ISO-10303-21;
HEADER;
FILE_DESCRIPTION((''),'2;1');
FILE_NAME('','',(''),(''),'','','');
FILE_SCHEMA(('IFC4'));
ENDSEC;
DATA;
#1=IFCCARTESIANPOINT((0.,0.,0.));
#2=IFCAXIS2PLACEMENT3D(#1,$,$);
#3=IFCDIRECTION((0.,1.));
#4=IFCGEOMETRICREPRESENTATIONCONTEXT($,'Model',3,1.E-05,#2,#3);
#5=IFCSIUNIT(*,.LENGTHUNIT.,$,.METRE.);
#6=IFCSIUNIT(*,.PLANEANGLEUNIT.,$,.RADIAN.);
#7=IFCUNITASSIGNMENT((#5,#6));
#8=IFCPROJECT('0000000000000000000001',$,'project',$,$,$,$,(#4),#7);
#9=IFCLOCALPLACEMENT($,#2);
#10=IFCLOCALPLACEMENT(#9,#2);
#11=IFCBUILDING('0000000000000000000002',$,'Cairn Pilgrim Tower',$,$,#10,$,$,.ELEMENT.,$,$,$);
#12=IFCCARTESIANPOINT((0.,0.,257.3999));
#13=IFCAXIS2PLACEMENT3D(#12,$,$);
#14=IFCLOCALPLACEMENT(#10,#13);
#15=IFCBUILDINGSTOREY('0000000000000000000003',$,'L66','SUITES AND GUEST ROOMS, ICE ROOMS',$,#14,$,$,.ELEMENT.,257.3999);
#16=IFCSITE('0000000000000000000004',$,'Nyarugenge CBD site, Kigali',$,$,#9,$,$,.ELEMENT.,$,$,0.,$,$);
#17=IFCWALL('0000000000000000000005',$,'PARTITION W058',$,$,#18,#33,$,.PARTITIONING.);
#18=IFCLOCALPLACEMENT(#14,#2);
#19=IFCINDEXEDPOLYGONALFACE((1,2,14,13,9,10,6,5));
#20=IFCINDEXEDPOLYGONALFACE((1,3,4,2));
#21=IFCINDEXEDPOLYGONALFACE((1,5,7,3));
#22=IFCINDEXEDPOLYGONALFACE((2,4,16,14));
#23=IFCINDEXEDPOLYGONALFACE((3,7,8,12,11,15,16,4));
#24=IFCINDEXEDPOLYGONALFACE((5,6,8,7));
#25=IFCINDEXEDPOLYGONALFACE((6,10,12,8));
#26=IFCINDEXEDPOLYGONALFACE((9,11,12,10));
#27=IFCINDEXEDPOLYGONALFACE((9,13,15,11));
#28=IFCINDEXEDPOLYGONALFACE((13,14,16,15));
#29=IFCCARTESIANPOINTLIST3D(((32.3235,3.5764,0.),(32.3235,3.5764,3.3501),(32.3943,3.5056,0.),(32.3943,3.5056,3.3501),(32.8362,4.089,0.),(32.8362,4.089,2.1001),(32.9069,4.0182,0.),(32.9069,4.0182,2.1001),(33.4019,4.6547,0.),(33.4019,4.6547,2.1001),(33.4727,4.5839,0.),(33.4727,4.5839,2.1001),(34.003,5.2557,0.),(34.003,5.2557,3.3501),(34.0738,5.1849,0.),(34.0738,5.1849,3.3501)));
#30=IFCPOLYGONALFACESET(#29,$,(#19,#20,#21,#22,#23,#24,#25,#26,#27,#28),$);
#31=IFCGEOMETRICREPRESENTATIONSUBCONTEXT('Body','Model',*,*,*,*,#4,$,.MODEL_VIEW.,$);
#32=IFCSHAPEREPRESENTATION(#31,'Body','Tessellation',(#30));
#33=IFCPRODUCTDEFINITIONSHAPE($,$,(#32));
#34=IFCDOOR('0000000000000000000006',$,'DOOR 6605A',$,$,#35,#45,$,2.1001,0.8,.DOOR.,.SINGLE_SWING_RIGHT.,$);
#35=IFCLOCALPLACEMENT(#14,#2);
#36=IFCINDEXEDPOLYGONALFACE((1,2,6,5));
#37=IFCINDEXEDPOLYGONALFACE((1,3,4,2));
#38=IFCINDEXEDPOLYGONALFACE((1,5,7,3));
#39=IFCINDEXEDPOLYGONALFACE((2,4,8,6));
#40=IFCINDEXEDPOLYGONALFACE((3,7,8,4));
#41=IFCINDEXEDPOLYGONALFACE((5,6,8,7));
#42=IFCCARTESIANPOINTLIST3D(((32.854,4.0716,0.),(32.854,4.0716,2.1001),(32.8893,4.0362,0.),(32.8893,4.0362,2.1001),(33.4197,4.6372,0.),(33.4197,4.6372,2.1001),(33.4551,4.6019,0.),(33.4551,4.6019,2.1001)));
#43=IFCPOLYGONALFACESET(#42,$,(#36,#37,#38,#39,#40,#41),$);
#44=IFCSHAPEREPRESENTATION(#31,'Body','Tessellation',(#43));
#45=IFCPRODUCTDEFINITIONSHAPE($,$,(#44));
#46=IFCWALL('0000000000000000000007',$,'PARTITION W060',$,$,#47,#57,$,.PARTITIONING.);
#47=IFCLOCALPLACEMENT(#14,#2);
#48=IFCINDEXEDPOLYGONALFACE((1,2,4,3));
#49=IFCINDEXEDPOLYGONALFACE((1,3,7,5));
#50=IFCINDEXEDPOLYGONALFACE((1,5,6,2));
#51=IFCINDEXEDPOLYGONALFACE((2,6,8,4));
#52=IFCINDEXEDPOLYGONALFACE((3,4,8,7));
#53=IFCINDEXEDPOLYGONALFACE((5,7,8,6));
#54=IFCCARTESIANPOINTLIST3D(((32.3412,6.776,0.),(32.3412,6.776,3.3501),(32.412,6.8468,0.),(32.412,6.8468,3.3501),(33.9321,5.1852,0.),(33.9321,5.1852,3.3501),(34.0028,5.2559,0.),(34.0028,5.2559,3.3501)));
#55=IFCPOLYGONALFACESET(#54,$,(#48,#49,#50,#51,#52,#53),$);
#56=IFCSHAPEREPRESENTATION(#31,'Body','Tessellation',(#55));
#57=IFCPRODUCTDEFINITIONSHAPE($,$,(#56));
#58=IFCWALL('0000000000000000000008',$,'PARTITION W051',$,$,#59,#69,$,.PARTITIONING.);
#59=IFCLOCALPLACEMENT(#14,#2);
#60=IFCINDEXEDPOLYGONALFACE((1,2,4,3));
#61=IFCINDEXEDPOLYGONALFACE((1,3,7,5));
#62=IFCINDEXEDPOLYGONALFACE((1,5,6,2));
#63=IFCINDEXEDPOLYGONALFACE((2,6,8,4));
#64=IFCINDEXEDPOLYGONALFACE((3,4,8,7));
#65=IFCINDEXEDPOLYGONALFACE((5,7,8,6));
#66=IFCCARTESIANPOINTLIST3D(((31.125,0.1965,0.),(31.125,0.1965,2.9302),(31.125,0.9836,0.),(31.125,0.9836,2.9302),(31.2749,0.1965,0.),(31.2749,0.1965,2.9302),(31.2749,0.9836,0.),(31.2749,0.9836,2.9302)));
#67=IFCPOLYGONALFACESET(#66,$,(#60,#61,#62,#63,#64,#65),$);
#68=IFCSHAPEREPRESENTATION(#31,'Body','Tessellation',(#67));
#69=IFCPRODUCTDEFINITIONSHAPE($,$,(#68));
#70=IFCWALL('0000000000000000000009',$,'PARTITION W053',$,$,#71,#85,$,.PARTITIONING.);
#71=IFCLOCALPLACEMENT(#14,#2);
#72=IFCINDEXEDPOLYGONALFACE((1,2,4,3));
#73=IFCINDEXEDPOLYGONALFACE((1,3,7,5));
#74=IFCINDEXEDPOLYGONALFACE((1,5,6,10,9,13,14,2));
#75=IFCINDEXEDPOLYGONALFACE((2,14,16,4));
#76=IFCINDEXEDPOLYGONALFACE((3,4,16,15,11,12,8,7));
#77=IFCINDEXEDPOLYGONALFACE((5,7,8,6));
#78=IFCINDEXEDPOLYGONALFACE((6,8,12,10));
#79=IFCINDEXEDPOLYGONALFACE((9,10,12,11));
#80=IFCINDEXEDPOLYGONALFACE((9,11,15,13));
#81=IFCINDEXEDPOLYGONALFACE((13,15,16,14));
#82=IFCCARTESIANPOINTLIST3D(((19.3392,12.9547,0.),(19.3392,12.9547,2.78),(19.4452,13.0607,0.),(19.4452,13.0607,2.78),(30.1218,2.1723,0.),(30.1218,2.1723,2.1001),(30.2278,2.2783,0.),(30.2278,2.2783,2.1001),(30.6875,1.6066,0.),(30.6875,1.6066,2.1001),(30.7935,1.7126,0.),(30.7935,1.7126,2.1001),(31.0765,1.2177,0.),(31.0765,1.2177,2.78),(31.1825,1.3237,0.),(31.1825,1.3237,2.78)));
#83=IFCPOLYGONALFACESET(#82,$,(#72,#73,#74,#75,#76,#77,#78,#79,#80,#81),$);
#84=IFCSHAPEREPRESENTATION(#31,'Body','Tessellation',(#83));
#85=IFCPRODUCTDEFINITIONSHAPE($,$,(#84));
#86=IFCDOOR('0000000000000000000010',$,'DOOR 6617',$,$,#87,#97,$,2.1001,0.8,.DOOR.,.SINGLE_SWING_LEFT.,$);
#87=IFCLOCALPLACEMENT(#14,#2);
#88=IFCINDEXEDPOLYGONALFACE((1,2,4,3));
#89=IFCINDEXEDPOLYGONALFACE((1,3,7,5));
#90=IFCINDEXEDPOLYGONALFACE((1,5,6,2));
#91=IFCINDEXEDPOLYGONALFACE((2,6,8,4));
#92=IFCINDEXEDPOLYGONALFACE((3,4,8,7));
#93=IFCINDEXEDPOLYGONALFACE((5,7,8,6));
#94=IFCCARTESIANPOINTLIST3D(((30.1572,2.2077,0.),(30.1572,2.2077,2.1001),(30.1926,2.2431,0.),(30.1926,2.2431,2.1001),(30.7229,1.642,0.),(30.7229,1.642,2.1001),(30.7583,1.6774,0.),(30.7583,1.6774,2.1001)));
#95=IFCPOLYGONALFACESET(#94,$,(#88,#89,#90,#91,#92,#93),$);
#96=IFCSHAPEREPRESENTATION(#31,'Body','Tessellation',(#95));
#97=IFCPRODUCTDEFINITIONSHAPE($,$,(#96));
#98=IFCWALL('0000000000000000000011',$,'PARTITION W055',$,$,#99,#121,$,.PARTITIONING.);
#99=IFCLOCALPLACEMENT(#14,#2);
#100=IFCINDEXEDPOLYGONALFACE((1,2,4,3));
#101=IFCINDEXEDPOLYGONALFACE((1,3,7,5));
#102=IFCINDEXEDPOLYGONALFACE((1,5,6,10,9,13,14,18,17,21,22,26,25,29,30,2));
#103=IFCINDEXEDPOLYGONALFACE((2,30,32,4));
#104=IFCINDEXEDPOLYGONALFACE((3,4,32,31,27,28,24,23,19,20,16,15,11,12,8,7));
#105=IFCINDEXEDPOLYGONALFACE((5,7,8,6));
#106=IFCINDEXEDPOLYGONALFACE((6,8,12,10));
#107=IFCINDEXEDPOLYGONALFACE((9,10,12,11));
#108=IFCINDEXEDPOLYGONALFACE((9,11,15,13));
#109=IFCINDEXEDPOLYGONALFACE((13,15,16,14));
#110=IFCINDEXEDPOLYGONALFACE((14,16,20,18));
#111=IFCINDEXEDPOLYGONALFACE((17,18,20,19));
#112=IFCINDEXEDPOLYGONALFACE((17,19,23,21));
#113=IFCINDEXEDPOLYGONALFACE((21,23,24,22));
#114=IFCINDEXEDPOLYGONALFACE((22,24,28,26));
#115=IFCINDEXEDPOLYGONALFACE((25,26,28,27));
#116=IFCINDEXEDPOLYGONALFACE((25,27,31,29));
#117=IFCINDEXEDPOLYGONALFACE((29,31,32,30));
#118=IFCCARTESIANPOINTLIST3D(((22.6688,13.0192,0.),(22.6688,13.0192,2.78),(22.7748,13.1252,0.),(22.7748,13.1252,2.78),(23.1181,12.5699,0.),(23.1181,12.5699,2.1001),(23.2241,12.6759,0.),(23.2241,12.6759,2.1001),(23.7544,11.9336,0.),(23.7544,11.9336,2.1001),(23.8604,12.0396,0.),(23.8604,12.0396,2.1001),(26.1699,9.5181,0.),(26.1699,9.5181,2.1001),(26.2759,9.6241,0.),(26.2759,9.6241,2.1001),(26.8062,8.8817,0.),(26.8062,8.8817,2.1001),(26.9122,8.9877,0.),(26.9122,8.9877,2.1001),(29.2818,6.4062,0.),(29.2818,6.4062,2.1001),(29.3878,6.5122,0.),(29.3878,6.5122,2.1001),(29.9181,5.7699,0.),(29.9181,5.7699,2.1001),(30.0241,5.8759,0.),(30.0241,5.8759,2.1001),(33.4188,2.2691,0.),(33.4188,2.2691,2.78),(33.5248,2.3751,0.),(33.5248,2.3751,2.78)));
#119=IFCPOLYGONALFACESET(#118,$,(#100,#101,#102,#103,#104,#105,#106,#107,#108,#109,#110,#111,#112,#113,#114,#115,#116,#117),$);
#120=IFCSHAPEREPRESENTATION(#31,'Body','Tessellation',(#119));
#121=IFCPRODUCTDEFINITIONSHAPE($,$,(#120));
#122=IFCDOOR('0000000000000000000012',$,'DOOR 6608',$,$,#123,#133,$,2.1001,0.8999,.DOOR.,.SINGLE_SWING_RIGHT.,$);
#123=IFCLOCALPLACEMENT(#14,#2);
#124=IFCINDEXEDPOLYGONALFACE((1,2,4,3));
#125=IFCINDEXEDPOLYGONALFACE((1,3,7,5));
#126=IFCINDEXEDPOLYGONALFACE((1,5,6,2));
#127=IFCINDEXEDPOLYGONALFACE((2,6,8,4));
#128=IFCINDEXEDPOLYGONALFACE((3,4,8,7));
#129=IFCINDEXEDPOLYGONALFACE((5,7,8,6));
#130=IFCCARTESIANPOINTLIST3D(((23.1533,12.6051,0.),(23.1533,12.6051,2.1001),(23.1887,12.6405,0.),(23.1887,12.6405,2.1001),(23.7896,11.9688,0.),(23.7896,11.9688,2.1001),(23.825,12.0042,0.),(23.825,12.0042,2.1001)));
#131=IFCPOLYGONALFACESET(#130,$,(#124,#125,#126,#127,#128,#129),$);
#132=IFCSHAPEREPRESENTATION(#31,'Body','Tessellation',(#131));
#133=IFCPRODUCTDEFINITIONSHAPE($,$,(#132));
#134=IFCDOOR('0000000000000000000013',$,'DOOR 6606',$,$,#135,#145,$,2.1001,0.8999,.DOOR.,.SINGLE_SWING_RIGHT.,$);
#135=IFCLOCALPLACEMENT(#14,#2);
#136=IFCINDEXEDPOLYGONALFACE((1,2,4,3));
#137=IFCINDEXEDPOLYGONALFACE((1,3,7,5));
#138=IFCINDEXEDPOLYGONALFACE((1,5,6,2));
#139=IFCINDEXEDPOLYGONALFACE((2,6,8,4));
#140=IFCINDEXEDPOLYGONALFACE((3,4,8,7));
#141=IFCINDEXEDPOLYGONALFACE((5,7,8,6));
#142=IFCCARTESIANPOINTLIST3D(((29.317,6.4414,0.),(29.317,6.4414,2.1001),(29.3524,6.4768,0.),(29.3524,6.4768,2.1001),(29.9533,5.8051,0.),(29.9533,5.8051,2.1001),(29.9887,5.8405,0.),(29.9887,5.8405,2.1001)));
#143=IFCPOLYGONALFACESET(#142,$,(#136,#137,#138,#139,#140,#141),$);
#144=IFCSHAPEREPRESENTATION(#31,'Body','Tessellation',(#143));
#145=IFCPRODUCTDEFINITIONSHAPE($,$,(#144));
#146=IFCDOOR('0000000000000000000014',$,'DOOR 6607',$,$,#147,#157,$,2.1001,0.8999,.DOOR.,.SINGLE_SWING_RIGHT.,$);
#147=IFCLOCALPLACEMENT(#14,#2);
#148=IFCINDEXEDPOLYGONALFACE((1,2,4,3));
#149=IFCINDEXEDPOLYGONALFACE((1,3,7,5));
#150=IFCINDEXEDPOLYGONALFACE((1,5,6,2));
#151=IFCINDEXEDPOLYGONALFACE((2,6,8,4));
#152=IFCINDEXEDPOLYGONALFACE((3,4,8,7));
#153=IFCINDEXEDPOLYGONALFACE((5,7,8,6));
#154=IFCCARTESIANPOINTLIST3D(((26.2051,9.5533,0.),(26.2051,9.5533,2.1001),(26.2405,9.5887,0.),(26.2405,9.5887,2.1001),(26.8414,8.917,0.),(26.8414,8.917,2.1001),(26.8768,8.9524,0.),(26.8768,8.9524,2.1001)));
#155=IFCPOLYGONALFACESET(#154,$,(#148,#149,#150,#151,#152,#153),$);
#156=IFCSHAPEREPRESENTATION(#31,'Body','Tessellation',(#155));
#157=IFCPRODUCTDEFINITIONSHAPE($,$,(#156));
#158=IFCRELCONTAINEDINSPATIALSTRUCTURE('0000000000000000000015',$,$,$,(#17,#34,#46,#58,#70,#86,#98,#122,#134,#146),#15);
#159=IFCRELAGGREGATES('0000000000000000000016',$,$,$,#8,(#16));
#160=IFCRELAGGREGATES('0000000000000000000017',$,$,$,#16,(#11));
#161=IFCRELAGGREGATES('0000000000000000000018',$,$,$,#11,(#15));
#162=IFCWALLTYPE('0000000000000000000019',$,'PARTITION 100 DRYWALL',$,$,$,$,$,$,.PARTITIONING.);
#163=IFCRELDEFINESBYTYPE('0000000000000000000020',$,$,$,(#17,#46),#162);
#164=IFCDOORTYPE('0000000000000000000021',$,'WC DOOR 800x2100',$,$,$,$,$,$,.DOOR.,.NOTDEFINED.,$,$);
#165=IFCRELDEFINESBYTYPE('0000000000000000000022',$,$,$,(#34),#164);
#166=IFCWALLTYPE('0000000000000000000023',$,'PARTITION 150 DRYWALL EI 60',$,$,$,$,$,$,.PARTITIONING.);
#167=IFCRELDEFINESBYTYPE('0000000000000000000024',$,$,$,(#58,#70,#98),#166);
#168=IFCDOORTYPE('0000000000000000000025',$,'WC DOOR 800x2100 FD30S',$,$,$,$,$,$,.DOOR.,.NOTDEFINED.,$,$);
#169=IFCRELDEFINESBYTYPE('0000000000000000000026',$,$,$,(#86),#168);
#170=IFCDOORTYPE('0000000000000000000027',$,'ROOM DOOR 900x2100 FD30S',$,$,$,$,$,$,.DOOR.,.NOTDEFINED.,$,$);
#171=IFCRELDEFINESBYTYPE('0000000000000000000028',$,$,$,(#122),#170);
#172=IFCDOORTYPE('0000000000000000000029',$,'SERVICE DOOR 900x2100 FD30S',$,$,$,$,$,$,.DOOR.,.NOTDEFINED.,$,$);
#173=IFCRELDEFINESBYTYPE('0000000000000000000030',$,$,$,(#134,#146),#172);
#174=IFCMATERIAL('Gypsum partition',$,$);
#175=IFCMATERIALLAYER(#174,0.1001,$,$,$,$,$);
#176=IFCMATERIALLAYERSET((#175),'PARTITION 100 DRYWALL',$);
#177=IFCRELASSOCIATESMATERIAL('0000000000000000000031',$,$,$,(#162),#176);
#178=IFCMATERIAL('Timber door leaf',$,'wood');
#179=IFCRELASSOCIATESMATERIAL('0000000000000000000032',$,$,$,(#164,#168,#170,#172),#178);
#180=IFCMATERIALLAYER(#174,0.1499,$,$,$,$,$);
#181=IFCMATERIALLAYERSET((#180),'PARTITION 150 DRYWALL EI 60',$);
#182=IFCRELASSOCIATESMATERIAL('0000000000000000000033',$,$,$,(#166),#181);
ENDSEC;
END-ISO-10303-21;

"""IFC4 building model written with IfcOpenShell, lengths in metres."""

from ifc_helpers import new_model, si_unit, direction, frame, frame_2d, origin, place, context, subcontext, project, spatial, rectangle, extrude, material, layer, layer_set, type_object, element, fill, save


model = new_model("IFC4")

# Units and contexts
model_context = context("Model", 3, precision=1e-05, world=origin(), true_north=direction((0.0, 1.0)))
body_context = subcontext(model_context, "Body", "Model", "MODEL_VIEW")
ifc_project = project(units=[si_unit("LENGTHUNIT", "METRE"), si_unit("PLANEANGLEUNIT", "RADIAN")], contexts=[model_context])

# Site, building, storey
site_placement = place(None, origin())
site = spatial("IfcSite", under=ifc_project, at=site_placement, Name="Nyarugenge CBD site, Kigali", CompositionType="ELEMENT", RefElevation=0.0)
building_placement = place(site_placement, origin())
building = spatial("IfcBuilding", under=site, at=building_placement, Name="Cairn Pilgrim Tower", CompositionType="ELEMENT")
storey_placement = place(building_placement, frame((0.0, 0.0, 257.3999)))
storey = spatial("IfcBuildingStorey", under=building, at=storey_placement, Name="L66", Description="SUITES AND GUEST ROOMS, ICE ROOMS", CompositionType="ELEMENT", Elevation=257.3999)

# Wall, opening, door
ifc_material_1 = material(Name="Gypsum partition")
ifc_layer_1 = layer(ifc_material_1, 0.1001)
ifc_layer_set_1 = layer_set([ifc_layer_1], Name="PARTITION 100 DRYWALL")
wall_type_1 = type_object("IfcWallType", Name="PARTITION 100 DRYWALL", PredefinedType="PARTITIONING", material=ifc_layer_set_1)
wall_1_placement = place(storey_placement, frame((32.3589, 3.541, 0.0), z_axis=(0.0, 0.0, 1.0), x_axis=(0.707158, 0.707055, 0.0)))
wall_1 = element("IfcWall", 1, at=wall_1_placement, inside=storey, type_object=wall_type_1, Name="PARTITION W058", PredefinedType="PARTITIONING", context=body_context, shape_type="SweptSolid", body=[
    extrude(rectangle(XDim=2.375, YDim=0.1001, at=frame_2d((1.1875, 0.0))), origin(), (0.0, 0.0, 1.0), 3.3501),
])
opening_1_placement = place(wall_1_placement, frame((0.7251, 0.0, 0.0)))
opening_1 = element("IfcOpeningElement", 2, at=opening_1_placement, cuts=wall_1, PredefinedType="OPENING", context=body_context, shape_type="SweptSolid", body=[
    extrude(rectangle(XDim=0.8, YDim=2.1001, at=frame_2d((0.3999, 1.05))), frame((0.0, 0.0601, 0.0), z_axis=(0.0, -1.0, 0.0), x_axis=(1.0, 0.0, 0.0)), (0.0, 0.0, 1.0), 0.1201),
])
ifc_material_2 = material(Name="Timber door leaf", Category="wood")
door_type_1 = type_object("IfcDoorType", Name="WC DOOR 800x2100", OperationType="NOTDEFINED", PredefinedType="DOOR", material=ifc_material_2)
door_1_placement = place(opening_1_placement, frame((0.8, 0.0, 0.0), z_axis=(0.0, 0.0, 1.0), x_axis=(-1.0, 0.0, 0.0)))
door_1 = element("IfcDoor", 3, at=door_1_placement, inside=storey, type_object=door_type_1, Name="DOOR 6605A", OperationType="SINGLE_SWING_RIGHT", OverallHeight=2.1001, OverallWidth=0.8, PredefinedType="DOOR", context=body_context, shape_type="SweptSolid", body=[
    extrude(rectangle(XDim=0.8, YDim=2.1001, at=frame_2d((0.3999, 1.05))), frame((0.0, 0.0249, 0.0), z_axis=(0.0, -1.0, 0.0), x_axis=(1.0, 0.0, 0.0)), (0.0, 0.0, 1.0), 0.05),
])
fill(opening_1, door_1)

# Walls
wall_2_placement = place(storey_placement, frame((33.9675, 5.2205, 0.0), z_axis=(0.0, 0.0, 1.0), x_axis=(-0.707107, 0.707107, 0.0)))
element("IfcWall", 4, at=wall_2_placement, inside=storey, type_object=wall_type_1, Name="PARTITION W060", PredefinedType="PARTITIONING", context=body_context, shape_type="SweptSolid", body=[
    extrude(rectangle(XDim=2.2498, YDim=0.1001, at=frame_2d((1.125, 0.0))), origin(), (0.0, 0.0, 1.0), 3.3501),
])
ifc_layer_2 = layer(ifc_material_1, 0.1499)
ifc_layer_set_2 = layer_set([ifc_layer_2], Name="PARTITION 150 DRYWALL EI 60")
wall_type_2 = type_object("IfcWallType", Name="PARTITION 150 DRYWALL EI 60", PredefinedType="PARTITIONING", material=ifc_layer_set_2)
wall_3_placement = place(storey_placement, frame((31.2, 0.1965, 0.0), z_axis=(0.0, 0.0, 1.0), x_axis=(0.0, 1.0, 0.0)))
element("IfcWall", 5, at=wall_3_placement, inside=storey, type_object=wall_type_2, Name="PARTITION W051", PredefinedType="PARTITIONING", context=body_context, shape_type="SweptSolid", body=[
    extrude(rectangle(XDim=0.7871, YDim=0.1499, at=frame_2d((0.3936, 0.0))), origin(), (0.0, 0.0, 1.0), 2.9302),
])

# Wall, opening, door
wall_4_placement = place(storey_placement, frame((31.1294, 1.2708, 0.0), z_axis=(0.0, 0.0, 1.0), x_axis=(-0.707114, 0.707099, 0.0)))
wall_4 = element("IfcWall", 6, at=wall_4_placement, inside=storey, type_object=wall_type_2, Name="PARTITION W053", PredefinedType="PARTITIONING", context=body_context, shape_type="SweptSolid", body=[
    extrude(rectangle(XDim=16.5989, YDim=0.1499, at=frame_2d((8.2993, 0.0))), origin(), (0.0, 0.0, 1.0), 2.78),
])
opening_2_placement = place(wall_4_placement, frame((0.55, 0.0, 0.0)))
opening_2 = element("IfcOpeningElement", 7, at=opening_2_placement, cuts=wall_4, PredefinedType="OPENING", context=body_context, shape_type="SweptSolid", body=[
    extrude(rectangle(XDim=0.8, YDim=2.1001, at=frame_2d((0.3999, 1.05))), frame((0.0, 0.085, 0.0), z_axis=(0.0, -1.0, 0.0), x_axis=(1.0, 0.0, 0.0)), (0.0, 0.0, 1.0), 0.1699),
])
door_type_2 = type_object("IfcDoorType", Name="WC DOOR 800x2100 FD30S", OperationType="NOTDEFINED", PredefinedType="DOOR", material=ifc_material_2)
door_2_placement = place(opening_2_placement, origin())
door_2 = element("IfcDoor", 8, at=door_2_placement, inside=storey, type_object=door_type_2, Name="DOOR 6617", OperationType="SINGLE_SWING_LEFT", OverallHeight=2.1001, OverallWidth=0.8, PredefinedType="DOOR", context=body_context, shape_type="SweptSolid", body=[
    extrude(rectangle(XDim=0.8, YDim=2.1001, at=frame_2d((0.3999, 1.05))), frame((0.0, 0.0249, 0.0), z_axis=(0.0, -1.0, 0.0), x_axis=(1.0, 0.0, 0.0)), (0.0, 0.0, 1.0), 0.05),
])
fill(opening_2, door_2)

# Wall, openings, doors
wall_5_placement = place(storey_placement, frame((33.4719, 2.322, 0.0), z_axis=(0.0, 0.0, 1.0), x_axis=(-0.707107, 0.707107, 0.0)))
wall_5 = element("IfcWall", 9, at=wall_5_placement, inside=storey, type_object=wall_type_2, Name="PARTITION W055", PredefinedType="PARTITIONING", context=body_context, shape_type="SweptSolid", body=[
    extrude(rectangle(XDim=15.2029, YDim=0.1499, at=frame_2d((7.6016, 0.0))), origin(), (0.0, 0.0, 1.0), 2.78),
])
opening_3_placement = place(wall_5_placement, frame((4.9509, 0.0, 0.0)))
opening_3 = element("IfcOpeningElement", 10, at=opening_3_placement, cuts=wall_5, PredefinedType="OPENING", context=body_context, shape_type="SweptSolid", body=[
    extrude(rectangle(XDim=0.8999, YDim=2.1001, at=frame_2d((0.45, 1.05))), frame((0.0, 0.085, 0.0), z_axis=(0.0, -1.0, 0.0), x_axis=(1.0, 0.0, 0.0)), (0.0, 0.0, 1.0), 0.1699),
])
opening_4_placement = place(wall_5_placement, frame((9.3518, 0.0, 0.0)))
opening_4 = element("IfcOpeningElement", 11, at=opening_4_placement, cuts=wall_5, PredefinedType="OPENING", context=body_context, shape_type="SweptSolid", body=[
    extrude(rectangle(XDim=0.8999, YDim=2.1001, at=frame_2d((0.45, 1.05))), frame((0.0, 0.085, 0.0), z_axis=(0.0, -1.0, 0.0), x_axis=(1.0, 0.0, 0.0)), (0.0, 0.0, 1.0), 0.1699),
])
opening_5_placement = place(wall_5_placement, frame((13.6677, 0.0, 0.0)))
opening_5 = element("IfcOpeningElement", 12, at=opening_5_placement, cuts=wall_5, PredefinedType="OPENING", context=body_context, shape_type="SweptSolid", body=[
    extrude(rectangle(XDim=0.8999, YDim=2.1001, at=frame_2d((0.45, 1.05))), frame((0.0, 0.085, 0.0), z_axis=(0.0, -1.0, 0.0), x_axis=(1.0, 0.0, 0.0)), (0.0, 0.0, 1.0), 0.1699),
])
door_type_3 = type_object("IfcDoorType", Name="ROOM DOOR 900x2100 FD30S", OperationType="NOTDEFINED", PredefinedType="DOOR", material=ifc_material_2)
door_3_placement = place(opening_5_placement, frame((0.8999, 0.0, 0.0), z_axis=(0.0, 0.0, 1.0), x_axis=(-1.0, 0.0, 0.0)))
door_3 = element("IfcDoor", 13, at=door_3_placement, inside=storey, type_object=door_type_3, Name="DOOR 6608", OperationType="SINGLE_SWING_RIGHT", OverallHeight=2.1001, OverallWidth=0.8999, PredefinedType="DOOR", context=body_context, shape_type="SweptSolid", body=[
    extrude(rectangle(XDim=0.8999, YDim=2.1001, at=frame_2d((0.45, 1.05))), frame((0.0, 0.0249, 0.0), z_axis=(0.0, -1.0, 0.0), x_axis=(1.0, 0.0, 0.0)), (0.0, 0.0, 1.0), 0.05),
])
fill(opening_5, door_3)
door_type_4 = type_object("IfcDoorType", Name="SERVICE DOOR 900x2100 FD30S", OperationType="NOTDEFINED", PredefinedType="DOOR", material=ifc_material_2)
door_4_placement = place(opening_3_placement, frame((0.8999, 0.0, 0.0), z_axis=(0.0, 0.0, 1.0), x_axis=(-1.0, 0.0, 0.0)))
door_4 = element("IfcDoor", 14, at=door_4_placement, inside=storey, type_object=door_type_4, Name="DOOR 6606", OperationType="SINGLE_SWING_RIGHT", OverallHeight=2.1001, OverallWidth=0.8999, PredefinedType="DOOR", context=body_context, shape_type="SweptSolid", body=[
    extrude(rectangle(XDim=0.8999, YDim=2.1001, at=frame_2d((0.45, 1.05))), frame((0.0, 0.0249, 0.0), z_axis=(0.0, -1.0, 0.0), x_axis=(1.0, 0.0, 0.0)), (0.0, 0.0, 1.0), 0.05),
])
fill(opening_3, door_4)
door_5_placement = place(opening_4_placement, frame((0.8999, 0.0, 0.0), z_axis=(0.0, 0.0, 1.0), x_axis=(-1.0, 0.0, 0.0)))
door_5 = element("IfcDoor", 15, at=door_5_placement, inside=storey, type_object=door_type_4, Name="DOOR 6607", OperationType="SINGLE_SWING_RIGHT", OverallHeight=2.1001, OverallWidth=0.8999, PredefinedType="DOOR", context=body_context, shape_type="SweptSolid", body=[
    extrude(rectangle(XDim=0.8999, YDim=2.1001, at=frame_2d((0.45, 1.05))), frame((0.0, 0.0249, 0.0), z_axis=(0.0, -1.0, 0.0), x_axis=(1.0, 0.0, 0.0)), (0.0, 0.0, 1.0), 0.05),
])
fill(opening_4, door_5)

save(model, "model.ifc")
